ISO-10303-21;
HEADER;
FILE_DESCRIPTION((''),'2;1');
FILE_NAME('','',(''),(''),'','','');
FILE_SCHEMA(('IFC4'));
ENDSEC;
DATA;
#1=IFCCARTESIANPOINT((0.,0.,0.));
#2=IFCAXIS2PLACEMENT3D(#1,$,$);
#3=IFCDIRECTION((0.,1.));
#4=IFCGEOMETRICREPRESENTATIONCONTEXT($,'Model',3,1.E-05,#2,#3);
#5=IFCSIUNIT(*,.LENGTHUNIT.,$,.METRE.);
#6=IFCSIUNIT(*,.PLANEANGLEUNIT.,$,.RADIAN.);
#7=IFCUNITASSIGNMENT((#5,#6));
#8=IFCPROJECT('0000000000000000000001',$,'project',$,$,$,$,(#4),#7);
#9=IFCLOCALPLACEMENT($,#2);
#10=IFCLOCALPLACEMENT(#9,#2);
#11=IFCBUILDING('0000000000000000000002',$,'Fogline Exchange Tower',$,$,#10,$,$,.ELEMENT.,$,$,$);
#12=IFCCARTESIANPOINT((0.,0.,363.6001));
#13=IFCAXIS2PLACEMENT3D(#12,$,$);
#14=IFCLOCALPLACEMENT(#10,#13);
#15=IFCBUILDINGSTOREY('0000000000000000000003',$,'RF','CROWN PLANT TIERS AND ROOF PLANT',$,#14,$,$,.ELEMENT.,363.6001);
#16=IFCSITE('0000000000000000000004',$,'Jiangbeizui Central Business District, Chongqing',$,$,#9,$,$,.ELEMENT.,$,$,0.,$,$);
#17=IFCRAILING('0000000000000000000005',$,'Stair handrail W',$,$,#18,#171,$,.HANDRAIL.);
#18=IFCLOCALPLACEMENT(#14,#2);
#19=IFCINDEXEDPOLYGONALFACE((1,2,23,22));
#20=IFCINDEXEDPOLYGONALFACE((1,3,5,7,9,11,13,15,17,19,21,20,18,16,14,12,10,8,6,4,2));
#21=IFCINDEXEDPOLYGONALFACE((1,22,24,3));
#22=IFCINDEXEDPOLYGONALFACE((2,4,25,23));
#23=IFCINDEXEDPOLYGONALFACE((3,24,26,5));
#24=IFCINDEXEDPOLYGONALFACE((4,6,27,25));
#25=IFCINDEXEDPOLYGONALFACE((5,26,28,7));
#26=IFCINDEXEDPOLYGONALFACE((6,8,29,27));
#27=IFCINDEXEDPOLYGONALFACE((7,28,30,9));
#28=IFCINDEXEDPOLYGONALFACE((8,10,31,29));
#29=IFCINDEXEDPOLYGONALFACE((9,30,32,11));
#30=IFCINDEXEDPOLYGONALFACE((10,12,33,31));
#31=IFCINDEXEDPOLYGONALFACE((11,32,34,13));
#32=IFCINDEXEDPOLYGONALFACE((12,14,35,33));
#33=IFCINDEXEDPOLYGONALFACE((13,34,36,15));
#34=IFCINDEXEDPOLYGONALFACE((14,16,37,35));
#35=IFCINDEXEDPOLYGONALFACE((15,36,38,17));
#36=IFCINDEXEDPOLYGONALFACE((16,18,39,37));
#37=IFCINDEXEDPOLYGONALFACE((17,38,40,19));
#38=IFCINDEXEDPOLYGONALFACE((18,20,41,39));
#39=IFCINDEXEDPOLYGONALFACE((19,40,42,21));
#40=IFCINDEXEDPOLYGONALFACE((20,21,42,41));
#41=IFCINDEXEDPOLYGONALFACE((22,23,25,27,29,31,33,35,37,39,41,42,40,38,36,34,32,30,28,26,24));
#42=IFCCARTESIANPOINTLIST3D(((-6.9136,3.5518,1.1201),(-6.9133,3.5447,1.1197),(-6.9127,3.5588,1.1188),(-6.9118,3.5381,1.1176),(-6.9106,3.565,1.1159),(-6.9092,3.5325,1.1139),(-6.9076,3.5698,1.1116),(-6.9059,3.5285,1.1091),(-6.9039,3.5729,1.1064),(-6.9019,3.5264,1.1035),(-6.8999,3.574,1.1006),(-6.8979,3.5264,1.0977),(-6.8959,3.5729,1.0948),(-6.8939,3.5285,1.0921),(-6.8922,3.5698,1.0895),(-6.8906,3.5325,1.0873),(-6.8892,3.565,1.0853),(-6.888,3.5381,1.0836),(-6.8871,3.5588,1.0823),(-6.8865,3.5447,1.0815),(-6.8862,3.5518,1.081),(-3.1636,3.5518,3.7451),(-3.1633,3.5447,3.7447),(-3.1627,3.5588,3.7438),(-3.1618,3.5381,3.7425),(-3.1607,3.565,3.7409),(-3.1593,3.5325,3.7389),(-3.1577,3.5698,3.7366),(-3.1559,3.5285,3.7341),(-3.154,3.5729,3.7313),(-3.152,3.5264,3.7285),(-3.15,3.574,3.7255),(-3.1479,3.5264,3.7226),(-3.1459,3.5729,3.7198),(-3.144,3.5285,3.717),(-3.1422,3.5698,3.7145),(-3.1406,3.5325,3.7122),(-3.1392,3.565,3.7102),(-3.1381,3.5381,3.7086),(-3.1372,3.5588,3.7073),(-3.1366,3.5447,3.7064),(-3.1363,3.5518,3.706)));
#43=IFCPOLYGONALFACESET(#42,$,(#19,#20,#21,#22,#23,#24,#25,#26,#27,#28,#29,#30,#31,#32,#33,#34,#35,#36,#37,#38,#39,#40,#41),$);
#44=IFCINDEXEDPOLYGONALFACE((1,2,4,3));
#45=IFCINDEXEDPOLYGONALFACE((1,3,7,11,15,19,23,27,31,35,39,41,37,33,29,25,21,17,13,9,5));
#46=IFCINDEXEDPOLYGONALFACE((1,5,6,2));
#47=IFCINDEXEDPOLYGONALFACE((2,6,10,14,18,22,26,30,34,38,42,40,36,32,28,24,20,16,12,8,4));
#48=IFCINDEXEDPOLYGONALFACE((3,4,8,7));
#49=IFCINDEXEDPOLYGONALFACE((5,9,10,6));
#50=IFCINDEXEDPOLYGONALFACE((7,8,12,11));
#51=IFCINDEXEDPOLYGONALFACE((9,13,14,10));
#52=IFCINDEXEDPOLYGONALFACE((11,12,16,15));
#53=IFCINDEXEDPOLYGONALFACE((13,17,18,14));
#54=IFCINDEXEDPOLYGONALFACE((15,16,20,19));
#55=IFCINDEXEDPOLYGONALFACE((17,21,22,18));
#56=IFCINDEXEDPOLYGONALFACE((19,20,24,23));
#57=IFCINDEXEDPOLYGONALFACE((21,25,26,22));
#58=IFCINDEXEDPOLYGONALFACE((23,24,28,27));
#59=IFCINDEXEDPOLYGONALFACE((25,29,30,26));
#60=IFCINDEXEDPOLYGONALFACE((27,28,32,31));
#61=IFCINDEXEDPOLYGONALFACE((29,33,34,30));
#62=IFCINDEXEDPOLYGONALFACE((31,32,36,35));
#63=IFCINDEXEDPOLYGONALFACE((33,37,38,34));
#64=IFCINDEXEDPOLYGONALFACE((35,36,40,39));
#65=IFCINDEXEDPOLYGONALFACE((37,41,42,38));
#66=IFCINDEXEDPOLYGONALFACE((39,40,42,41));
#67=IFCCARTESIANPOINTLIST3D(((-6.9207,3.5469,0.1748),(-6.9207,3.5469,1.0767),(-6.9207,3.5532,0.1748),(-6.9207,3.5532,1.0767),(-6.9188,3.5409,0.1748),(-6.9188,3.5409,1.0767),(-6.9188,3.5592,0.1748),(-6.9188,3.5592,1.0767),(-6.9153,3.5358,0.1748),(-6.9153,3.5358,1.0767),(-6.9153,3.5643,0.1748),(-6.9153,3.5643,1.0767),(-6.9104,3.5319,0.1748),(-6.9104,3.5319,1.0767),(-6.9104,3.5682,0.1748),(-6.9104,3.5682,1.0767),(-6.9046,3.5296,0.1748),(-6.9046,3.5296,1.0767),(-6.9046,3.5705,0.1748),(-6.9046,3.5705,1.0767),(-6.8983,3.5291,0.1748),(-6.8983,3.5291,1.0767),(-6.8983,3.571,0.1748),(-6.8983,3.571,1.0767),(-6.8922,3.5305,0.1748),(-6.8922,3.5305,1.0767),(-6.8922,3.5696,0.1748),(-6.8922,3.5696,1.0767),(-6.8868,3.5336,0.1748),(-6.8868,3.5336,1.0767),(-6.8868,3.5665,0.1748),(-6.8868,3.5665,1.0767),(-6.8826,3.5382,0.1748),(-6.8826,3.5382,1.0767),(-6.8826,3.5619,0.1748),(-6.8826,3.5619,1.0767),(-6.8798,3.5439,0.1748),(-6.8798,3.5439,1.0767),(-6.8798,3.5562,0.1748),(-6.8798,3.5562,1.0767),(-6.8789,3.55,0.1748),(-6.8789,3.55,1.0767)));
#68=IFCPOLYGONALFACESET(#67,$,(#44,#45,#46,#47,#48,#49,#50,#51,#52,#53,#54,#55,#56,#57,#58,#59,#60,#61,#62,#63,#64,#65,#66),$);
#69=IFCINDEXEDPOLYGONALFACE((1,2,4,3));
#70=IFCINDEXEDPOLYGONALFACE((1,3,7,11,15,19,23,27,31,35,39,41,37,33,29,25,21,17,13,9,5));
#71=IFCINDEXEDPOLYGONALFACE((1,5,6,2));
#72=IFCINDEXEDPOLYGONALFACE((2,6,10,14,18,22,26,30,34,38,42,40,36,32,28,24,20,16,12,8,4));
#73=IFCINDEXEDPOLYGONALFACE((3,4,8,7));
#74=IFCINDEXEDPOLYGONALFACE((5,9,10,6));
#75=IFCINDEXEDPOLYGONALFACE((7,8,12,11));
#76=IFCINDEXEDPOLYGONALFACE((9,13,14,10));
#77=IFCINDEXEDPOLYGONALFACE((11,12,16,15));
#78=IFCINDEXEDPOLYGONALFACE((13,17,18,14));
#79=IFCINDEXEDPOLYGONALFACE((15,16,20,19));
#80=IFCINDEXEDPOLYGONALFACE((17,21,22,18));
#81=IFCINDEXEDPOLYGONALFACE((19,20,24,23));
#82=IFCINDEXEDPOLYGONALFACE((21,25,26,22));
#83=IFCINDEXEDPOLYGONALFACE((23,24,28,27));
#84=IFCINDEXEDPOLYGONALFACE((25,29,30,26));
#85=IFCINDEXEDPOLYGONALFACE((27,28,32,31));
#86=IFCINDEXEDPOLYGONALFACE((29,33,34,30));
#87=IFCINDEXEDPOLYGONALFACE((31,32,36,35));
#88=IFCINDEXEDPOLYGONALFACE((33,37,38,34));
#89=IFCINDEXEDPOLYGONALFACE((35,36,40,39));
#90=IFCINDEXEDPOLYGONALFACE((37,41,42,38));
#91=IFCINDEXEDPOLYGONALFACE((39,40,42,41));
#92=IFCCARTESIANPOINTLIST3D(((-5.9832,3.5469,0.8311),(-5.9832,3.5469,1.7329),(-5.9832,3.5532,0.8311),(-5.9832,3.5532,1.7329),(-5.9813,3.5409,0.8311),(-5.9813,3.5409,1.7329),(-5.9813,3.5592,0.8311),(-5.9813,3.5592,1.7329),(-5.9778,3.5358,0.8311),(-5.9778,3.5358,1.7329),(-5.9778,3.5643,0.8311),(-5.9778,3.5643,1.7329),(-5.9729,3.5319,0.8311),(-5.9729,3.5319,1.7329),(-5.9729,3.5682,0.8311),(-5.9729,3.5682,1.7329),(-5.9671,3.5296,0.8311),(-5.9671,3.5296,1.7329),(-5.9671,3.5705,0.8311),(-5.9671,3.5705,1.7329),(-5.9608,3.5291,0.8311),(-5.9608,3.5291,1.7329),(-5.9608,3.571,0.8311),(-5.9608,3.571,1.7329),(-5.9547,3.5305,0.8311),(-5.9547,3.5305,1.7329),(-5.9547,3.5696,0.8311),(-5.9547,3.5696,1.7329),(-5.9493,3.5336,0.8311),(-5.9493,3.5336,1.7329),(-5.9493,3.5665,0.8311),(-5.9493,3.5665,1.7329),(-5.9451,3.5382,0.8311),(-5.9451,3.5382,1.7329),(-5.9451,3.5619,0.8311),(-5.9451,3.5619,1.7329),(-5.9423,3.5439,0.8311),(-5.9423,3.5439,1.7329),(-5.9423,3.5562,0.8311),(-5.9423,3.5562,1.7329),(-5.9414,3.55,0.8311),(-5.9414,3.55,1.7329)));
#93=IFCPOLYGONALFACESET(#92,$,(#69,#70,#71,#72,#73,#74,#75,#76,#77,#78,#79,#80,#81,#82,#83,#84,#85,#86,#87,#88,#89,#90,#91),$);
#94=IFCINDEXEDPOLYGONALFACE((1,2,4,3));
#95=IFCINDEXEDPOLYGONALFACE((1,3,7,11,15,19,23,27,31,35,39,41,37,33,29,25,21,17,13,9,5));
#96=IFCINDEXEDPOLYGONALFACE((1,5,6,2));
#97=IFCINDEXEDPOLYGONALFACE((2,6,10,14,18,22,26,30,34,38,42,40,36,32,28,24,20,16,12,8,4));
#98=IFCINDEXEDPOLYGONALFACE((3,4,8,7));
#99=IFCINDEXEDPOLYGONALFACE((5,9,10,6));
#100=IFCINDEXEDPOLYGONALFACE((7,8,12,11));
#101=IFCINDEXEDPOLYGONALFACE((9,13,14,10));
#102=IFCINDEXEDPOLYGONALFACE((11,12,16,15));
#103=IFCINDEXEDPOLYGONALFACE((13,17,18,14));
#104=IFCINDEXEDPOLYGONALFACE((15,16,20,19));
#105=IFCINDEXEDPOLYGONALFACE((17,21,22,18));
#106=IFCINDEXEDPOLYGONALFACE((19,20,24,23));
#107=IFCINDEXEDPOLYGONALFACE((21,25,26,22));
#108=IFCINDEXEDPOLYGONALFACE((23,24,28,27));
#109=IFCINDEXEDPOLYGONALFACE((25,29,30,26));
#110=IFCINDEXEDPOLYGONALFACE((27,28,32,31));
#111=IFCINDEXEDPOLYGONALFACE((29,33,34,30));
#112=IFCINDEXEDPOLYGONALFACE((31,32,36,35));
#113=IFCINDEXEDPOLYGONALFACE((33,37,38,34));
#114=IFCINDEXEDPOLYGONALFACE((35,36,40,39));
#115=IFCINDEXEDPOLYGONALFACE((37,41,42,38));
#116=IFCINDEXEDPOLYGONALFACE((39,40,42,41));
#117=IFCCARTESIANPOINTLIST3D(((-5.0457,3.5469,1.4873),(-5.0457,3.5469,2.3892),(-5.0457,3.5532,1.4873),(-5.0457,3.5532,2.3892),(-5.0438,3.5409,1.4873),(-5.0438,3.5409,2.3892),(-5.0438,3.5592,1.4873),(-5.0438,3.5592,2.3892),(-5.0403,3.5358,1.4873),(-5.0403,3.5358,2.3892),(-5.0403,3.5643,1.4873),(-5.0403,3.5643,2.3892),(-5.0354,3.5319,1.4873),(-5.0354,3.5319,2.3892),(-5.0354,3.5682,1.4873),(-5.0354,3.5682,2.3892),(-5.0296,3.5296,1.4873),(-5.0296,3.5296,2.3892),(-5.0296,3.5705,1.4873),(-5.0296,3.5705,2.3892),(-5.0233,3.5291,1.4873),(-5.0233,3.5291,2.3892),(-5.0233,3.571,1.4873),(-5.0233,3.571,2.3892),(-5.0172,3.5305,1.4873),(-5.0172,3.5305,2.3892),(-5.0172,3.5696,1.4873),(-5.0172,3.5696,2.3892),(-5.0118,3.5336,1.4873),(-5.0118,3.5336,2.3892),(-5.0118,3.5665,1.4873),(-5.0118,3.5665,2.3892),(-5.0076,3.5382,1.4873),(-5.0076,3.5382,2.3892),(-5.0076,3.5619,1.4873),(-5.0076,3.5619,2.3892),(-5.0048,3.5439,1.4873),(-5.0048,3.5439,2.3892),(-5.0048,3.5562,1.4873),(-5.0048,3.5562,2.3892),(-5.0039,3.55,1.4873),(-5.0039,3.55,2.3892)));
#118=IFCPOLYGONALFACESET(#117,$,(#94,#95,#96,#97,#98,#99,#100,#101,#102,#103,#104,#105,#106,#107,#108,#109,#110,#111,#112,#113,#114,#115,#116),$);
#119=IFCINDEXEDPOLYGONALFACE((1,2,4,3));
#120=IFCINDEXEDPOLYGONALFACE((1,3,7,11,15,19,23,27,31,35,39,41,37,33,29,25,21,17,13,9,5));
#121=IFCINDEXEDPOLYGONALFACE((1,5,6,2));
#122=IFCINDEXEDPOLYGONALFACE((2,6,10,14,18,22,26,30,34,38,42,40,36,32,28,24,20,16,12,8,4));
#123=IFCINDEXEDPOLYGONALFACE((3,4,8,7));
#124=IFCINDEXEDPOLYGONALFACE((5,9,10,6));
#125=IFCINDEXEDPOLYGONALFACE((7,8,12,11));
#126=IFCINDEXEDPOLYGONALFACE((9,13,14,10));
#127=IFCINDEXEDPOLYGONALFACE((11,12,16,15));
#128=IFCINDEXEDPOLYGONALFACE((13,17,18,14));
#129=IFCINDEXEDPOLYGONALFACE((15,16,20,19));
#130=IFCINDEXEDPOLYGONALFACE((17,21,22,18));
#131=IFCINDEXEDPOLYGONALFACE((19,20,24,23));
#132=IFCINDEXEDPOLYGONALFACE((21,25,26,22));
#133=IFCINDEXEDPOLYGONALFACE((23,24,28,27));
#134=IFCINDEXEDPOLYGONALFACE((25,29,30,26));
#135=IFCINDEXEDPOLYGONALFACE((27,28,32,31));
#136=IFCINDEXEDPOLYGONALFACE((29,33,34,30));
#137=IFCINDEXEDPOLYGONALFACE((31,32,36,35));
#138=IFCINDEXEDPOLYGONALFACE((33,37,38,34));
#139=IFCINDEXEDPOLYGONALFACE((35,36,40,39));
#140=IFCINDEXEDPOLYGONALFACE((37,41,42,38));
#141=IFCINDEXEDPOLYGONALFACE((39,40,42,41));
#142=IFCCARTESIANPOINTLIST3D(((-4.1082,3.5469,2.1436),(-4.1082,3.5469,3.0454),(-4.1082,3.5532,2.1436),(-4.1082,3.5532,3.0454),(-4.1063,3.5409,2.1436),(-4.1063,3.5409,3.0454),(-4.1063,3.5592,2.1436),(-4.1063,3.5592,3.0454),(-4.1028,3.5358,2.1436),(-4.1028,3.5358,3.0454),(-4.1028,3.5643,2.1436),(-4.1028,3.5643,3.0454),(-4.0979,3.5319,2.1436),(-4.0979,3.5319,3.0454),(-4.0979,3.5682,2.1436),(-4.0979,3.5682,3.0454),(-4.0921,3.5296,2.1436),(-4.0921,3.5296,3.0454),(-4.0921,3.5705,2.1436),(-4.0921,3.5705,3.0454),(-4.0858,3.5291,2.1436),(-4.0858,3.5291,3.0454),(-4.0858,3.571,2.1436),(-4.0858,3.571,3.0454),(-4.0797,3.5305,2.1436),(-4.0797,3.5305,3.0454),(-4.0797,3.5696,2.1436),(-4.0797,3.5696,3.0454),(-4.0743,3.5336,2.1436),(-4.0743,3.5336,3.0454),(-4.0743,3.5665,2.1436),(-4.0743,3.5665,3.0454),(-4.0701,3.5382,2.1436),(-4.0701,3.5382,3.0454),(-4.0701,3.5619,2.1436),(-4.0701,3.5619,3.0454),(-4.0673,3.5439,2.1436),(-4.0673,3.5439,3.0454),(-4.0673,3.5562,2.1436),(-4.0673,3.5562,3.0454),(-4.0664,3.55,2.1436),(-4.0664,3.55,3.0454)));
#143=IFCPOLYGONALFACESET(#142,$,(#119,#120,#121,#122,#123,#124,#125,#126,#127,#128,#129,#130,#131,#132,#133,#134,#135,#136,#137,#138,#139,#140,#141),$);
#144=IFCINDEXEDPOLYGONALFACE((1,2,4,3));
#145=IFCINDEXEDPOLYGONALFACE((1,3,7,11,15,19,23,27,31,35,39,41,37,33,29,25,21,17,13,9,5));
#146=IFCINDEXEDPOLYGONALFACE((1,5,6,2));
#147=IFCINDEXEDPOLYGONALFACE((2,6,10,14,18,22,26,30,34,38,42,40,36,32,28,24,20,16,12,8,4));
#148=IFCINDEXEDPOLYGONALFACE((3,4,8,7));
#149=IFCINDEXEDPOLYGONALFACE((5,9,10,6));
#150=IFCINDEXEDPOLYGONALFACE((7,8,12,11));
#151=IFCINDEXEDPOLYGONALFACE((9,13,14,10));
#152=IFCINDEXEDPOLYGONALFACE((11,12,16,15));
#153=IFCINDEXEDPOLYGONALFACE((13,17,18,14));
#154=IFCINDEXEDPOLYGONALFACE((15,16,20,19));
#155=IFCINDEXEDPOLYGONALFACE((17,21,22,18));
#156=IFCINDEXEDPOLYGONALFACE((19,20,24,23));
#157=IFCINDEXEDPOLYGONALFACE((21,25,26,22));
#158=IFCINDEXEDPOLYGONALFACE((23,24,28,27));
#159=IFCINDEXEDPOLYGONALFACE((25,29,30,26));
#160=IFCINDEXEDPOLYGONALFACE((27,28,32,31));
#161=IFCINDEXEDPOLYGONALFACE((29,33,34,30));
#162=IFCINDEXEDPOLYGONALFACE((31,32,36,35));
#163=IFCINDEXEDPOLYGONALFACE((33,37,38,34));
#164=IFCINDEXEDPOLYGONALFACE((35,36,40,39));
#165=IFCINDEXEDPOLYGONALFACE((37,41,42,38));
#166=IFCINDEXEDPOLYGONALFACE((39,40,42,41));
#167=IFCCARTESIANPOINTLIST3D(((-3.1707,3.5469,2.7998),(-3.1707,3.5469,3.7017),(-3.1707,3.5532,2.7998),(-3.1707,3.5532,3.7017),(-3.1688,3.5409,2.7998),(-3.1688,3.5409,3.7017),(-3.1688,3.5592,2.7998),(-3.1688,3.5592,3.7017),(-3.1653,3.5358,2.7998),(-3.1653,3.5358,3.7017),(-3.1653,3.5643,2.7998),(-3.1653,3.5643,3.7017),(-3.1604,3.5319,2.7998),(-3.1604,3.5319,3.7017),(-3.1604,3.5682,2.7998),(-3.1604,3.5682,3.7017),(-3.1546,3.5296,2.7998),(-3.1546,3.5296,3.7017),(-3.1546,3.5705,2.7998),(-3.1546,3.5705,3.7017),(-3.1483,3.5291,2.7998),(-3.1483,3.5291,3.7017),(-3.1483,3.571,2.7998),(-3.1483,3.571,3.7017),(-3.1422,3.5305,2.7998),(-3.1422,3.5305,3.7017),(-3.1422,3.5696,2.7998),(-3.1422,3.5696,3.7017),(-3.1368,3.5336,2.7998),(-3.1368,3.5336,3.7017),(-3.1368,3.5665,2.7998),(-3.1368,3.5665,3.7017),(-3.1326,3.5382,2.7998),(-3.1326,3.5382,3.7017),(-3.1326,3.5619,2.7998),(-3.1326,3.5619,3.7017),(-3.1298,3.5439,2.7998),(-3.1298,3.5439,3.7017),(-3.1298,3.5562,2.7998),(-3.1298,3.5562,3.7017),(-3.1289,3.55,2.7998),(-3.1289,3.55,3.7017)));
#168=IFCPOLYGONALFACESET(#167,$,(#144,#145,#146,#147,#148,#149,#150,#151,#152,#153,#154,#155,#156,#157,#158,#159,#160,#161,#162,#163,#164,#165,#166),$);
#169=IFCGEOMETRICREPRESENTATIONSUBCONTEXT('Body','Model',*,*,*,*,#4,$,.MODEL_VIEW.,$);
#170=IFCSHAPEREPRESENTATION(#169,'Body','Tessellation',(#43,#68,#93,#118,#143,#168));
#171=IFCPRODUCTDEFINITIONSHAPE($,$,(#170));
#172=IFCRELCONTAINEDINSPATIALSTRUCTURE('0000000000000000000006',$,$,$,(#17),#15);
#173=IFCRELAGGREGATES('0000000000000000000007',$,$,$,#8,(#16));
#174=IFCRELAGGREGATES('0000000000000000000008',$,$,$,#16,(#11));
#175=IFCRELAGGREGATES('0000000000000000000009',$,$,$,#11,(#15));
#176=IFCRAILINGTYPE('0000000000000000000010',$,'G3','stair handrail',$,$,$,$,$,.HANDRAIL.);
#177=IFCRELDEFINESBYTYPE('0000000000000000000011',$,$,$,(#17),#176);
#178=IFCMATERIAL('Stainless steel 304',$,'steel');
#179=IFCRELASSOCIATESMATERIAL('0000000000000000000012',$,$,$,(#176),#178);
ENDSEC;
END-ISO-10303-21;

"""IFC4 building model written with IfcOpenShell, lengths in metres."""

from ifc_helpers import new_model, si_unit, direction, frame, origin, origin_2d, place, context, subcontext, project, spatial, circle, extrude, material, type_object, element, save


model = new_model("IFC4")

# Units and contexts
model_context = context("Model", 3, precision=1e-05, world=origin(), true_north=direction((0.0, 1.0)))
body_context = subcontext(model_context, "Body", "Model", "MODEL_VIEW")
ifc_project = project(units=[si_unit("LENGTHUNIT", "METRE"), si_unit("PLANEANGLEUNIT", "RADIAN")], contexts=[model_context])

# Site, building, storey
site_placement = place(None, origin())
site = spatial("IfcSite", under=ifc_project, at=site_placement, Name="Jiangbeizui Central Business District, Chongqing", CompositionType="ELEMENT", RefElevation=0.0)
building_placement = place(site_placement, origin())
building = spatial("IfcBuilding", under=site, at=building_placement, Name="Fogline Exchange Tower", CompositionType="ELEMENT")
storey_placement = place(building_placement, frame((0.0, 0.0, 363.6001)))
storey = spatial("IfcBuildingStorey", under=building, at=storey_placement, Name="RF", Description="CROWN PLANT TIERS AND ROOF PLANT", CompositionType="ELEMENT", Elevation=363.6001)

# Railing
ifc_material_1 = material(Name="Stainless steel 304", Category="steel")
railing_type_1 = type_object("IfcRailingType", Name="G3", Description="stair handrail", PredefinedType="HANDRAIL", material=ifc_material_1)
for number, where, name in (
    (1, (-6.8999, 3.55, 0.1748), "Stair handrail W"),
):
    element("IfcRailing", number, at=place(storey_placement, frame(where)), inside=storey, type_object=railing_type_1, Name=name, PredefinedType="HANDRAIL", context=body_context, shape_type="SweptSolid", body=[
        extrude(circle(Radius=0.0239, at=origin_2d()), frame((0.0, 0.0, 0.9258), z_axis=(0.819232, 0.0, 0.573462), x_axis=(0.0, 1.0, 0.0)), (0.0, 0.0, 1.0), 4.5774),
        extrude(circle(Radius=0.021, at=origin_2d()), origin(), (0.0, 0.0, 1.0), 0.9019),
        extrude(circle(Radius=0.021, at=origin_2d()), frame((0.9375, 0.0, 0.6562)), (0.0, 0.0, 1.0), 0.9019),
        extrude(circle(Radius=0.021, at=origin_2d()), frame((1.875, 0.0, 1.3125)), (0.0, 0.0, 1.0), 0.9019),
        extrude(circle(Radius=0.021, at=origin_2d()), frame((2.8125, 0.0, 1.9688)), (0.0, 0.0, 1.0), 0.9019),
        extrude(circle(Radius=0.021, at=origin_2d()), frame((3.75, 0.0, 2.625)), (0.0, 0.0, 1.0), 0.9019),
    ])

save(model, "model.ifc")
